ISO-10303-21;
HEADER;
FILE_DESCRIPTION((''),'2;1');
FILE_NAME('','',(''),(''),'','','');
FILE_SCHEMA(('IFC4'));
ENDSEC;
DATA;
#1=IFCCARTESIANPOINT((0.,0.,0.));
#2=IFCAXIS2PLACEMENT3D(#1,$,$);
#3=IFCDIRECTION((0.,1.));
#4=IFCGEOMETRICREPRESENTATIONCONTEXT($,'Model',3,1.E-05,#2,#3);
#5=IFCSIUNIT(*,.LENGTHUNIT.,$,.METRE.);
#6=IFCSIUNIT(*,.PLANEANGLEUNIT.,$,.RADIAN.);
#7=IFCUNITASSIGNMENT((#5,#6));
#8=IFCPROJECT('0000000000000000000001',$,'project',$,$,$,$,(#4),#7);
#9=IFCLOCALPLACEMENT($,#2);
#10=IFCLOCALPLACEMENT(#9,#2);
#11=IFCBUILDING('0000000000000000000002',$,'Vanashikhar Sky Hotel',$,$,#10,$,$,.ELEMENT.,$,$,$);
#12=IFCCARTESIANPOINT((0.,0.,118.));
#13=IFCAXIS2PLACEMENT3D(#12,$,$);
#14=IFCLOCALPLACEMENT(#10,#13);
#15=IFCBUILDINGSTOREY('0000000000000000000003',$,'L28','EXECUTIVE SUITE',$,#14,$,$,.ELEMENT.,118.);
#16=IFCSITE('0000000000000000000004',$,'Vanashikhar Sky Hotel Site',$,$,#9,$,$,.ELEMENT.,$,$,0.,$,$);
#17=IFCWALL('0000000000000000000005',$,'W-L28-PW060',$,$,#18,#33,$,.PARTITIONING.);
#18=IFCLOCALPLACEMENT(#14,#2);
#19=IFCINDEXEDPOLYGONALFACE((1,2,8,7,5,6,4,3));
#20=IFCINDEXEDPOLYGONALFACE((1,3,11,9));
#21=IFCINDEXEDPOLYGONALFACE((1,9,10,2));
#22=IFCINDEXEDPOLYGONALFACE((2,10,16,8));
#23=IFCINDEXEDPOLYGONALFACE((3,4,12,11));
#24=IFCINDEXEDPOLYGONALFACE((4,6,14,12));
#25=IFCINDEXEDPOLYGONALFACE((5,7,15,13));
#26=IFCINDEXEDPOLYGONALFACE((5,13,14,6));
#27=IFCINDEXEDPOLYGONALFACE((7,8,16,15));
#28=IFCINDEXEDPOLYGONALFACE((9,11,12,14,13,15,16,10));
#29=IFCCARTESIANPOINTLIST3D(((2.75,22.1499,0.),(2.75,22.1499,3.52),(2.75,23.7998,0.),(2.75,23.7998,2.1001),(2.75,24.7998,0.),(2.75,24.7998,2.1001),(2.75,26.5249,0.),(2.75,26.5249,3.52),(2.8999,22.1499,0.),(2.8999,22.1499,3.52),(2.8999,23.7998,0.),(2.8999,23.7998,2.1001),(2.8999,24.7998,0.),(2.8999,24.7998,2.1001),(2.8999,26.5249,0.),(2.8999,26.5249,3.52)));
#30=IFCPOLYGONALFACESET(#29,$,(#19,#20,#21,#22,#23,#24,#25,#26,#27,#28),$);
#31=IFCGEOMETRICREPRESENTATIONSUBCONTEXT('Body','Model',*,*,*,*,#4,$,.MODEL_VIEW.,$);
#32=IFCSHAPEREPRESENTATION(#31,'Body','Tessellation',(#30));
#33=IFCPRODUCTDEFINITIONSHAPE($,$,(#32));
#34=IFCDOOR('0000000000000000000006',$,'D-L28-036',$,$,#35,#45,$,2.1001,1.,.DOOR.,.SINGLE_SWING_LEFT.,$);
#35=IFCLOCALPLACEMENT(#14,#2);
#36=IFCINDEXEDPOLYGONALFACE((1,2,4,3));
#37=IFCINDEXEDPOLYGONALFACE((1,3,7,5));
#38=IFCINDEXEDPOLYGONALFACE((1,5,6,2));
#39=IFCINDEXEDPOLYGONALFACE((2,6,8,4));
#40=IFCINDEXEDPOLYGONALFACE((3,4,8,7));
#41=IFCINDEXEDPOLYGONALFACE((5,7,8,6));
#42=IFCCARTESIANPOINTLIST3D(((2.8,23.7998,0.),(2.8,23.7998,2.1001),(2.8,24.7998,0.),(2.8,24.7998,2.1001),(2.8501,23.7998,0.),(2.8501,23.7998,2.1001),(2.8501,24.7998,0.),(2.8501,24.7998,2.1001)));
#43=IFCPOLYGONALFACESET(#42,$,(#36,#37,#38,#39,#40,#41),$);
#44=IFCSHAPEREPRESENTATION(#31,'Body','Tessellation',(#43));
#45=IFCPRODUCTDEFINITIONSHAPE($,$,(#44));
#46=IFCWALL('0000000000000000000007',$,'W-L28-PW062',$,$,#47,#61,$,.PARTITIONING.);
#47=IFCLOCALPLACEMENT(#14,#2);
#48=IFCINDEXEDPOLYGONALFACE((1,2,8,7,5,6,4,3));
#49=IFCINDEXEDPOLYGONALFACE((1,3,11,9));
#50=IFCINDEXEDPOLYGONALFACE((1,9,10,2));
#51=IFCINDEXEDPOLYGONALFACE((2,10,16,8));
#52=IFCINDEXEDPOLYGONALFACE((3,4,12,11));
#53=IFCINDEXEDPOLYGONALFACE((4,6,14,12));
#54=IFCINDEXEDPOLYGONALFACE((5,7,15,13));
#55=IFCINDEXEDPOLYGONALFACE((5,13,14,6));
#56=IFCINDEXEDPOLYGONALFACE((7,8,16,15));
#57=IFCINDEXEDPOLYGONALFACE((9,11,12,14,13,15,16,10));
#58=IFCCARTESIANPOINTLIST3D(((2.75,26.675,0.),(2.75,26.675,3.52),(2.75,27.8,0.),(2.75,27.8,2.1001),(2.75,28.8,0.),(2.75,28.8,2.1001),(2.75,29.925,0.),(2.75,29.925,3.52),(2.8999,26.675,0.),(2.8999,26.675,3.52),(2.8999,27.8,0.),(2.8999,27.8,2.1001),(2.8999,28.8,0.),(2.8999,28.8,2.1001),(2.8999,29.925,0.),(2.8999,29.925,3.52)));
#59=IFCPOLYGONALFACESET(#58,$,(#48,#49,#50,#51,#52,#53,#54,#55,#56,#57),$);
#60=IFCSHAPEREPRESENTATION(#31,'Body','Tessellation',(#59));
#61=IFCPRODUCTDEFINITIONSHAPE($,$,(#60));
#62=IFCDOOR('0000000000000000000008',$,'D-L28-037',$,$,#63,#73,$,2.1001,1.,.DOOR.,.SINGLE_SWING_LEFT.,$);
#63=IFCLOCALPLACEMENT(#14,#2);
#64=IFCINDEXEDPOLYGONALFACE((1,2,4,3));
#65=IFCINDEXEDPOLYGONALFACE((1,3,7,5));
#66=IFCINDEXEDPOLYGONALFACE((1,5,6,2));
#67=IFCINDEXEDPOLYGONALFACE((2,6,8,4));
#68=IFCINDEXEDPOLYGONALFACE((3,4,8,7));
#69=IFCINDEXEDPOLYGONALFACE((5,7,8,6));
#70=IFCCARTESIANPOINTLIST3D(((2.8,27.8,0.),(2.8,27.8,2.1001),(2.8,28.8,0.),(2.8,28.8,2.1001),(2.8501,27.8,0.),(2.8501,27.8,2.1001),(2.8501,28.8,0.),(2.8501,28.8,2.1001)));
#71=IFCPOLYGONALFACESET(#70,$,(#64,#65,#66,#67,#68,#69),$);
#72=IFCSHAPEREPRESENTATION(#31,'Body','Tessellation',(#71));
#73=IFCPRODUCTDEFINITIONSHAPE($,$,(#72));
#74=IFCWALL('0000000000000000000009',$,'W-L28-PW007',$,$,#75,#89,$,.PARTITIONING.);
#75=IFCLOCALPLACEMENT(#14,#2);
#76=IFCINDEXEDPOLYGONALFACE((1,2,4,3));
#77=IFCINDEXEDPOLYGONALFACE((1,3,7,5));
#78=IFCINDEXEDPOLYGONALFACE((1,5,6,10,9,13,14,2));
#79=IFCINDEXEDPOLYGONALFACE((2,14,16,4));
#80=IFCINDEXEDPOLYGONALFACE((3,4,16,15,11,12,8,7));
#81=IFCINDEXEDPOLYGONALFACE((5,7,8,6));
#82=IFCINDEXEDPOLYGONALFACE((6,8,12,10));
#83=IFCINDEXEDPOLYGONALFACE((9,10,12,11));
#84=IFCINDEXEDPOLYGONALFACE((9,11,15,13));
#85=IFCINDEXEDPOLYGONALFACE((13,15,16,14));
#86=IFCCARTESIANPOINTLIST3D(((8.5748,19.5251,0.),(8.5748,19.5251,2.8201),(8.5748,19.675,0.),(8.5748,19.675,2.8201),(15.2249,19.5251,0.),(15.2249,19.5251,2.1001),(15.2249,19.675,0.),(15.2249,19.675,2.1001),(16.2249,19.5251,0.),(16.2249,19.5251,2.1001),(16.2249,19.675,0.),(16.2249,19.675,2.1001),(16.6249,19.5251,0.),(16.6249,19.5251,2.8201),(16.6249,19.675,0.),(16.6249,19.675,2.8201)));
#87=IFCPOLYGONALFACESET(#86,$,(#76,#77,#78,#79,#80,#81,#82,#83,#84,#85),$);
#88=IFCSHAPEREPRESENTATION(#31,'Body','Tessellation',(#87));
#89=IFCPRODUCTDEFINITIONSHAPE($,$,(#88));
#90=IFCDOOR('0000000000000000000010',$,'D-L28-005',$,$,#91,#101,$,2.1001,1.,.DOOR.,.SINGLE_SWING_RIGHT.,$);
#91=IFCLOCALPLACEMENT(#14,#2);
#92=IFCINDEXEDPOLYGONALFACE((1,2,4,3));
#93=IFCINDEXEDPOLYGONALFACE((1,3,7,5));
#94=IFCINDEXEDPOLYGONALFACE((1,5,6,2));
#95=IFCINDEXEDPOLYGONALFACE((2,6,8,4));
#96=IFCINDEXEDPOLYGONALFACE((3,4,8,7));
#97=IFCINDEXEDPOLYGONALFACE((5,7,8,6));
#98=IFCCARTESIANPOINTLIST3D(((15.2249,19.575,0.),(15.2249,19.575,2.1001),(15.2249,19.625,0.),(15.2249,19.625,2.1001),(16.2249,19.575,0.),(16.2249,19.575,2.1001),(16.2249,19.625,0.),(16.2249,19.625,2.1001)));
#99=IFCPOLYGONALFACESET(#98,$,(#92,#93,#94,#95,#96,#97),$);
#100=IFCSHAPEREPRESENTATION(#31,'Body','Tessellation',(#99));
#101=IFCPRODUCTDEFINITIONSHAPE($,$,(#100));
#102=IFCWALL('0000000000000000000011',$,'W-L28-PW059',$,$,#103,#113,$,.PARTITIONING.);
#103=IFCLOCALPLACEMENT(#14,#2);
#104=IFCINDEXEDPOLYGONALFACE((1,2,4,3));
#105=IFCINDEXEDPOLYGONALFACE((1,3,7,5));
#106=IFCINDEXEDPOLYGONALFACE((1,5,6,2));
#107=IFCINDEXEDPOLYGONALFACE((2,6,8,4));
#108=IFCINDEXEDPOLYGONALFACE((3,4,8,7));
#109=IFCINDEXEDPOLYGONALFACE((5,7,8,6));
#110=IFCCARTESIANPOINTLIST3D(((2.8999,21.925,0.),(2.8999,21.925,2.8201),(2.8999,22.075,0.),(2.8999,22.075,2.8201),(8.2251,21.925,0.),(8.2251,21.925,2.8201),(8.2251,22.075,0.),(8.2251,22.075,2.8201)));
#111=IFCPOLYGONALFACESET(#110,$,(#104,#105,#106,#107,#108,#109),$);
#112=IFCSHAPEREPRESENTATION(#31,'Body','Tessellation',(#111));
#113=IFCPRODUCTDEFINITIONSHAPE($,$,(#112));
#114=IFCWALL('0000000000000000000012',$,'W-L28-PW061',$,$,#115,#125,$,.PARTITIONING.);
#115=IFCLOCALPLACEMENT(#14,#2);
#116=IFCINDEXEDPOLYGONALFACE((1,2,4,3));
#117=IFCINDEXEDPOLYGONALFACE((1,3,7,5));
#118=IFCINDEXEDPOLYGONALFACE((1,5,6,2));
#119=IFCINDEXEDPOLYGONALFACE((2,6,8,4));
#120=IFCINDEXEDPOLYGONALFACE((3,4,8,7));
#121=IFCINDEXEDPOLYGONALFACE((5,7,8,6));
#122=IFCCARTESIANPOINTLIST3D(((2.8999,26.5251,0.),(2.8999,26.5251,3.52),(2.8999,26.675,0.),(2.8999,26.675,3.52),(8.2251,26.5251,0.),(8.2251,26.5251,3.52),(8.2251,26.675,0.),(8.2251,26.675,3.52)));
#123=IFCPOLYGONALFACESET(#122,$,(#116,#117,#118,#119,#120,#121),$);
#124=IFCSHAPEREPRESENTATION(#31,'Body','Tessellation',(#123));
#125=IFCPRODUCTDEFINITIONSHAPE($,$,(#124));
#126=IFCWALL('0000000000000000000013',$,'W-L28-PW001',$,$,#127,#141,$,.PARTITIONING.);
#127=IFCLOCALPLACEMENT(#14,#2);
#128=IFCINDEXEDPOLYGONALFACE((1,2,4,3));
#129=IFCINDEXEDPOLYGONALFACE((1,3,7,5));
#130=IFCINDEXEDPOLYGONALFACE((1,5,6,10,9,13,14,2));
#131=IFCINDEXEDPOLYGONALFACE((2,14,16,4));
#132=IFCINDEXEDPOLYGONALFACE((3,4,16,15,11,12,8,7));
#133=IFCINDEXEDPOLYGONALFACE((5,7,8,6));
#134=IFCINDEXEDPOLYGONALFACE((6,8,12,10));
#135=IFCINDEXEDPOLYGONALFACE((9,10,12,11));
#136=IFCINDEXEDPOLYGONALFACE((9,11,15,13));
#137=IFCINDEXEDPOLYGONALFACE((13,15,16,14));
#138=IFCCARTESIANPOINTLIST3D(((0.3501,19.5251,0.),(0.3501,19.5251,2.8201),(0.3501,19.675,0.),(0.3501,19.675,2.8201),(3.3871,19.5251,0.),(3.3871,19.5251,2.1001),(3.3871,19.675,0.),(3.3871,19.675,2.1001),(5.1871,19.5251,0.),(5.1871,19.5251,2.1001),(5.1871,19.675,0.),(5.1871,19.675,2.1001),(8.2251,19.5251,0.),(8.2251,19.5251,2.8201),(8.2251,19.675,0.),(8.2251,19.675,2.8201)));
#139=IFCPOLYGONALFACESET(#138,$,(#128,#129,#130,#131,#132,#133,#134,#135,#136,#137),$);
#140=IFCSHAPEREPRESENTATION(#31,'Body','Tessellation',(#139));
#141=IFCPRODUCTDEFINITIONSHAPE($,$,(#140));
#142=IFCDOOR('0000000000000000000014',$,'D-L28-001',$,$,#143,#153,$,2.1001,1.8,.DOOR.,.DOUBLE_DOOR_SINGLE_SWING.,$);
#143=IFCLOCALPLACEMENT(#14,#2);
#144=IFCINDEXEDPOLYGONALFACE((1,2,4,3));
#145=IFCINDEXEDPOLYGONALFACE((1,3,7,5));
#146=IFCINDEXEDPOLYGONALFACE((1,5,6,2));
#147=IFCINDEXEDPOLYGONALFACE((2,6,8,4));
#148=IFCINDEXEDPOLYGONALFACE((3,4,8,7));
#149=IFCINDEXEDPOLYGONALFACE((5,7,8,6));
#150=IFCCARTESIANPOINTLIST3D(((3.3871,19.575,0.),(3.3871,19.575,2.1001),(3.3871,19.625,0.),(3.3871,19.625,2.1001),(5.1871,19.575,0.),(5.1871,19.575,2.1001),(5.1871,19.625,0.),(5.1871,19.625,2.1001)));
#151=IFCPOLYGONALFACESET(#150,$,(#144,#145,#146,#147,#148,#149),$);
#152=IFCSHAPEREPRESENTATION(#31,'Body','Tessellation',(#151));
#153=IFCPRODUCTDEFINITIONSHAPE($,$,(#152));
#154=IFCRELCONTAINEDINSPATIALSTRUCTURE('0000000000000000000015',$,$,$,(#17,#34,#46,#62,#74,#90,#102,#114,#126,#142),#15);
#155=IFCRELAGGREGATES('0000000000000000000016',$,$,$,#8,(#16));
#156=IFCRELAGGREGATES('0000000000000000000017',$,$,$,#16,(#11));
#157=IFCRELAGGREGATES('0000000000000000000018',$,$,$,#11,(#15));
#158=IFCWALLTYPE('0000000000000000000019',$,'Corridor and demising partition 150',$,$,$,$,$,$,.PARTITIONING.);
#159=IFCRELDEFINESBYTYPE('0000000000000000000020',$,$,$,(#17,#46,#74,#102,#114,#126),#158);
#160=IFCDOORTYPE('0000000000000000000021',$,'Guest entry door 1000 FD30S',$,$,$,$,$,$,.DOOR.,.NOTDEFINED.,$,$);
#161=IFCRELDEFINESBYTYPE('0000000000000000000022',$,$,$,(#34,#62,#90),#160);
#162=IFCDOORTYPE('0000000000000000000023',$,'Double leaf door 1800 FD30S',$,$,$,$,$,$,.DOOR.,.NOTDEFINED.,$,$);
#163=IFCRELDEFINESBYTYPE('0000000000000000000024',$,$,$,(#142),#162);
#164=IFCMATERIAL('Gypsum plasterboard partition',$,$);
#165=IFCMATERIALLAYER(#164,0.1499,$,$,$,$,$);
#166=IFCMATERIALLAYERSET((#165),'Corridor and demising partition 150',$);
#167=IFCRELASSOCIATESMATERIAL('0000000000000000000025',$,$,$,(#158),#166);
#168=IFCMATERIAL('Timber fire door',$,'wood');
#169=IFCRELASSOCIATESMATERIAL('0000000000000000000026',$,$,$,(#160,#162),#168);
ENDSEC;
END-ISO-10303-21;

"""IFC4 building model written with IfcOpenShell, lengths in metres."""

from ifc_helpers import new_model, si_unit, direction, frame, frame_2d, origin, place, context, subcontext, project, spatial, rectangle, extrude, source, transform, mapped, material, layer, layer_set, type_object, element, fill, save


model = new_model("IFC4")

# Units and contexts
model_context = context("Model", 3, precision=1e-05, world=origin(), true_north=direction((0.0, 1.0)))
body_context = subcontext(model_context, "Body", "Model", "MODEL_VIEW")
ifc_project = project(units=[si_unit("LENGTHUNIT", "METRE"), si_unit("PLANEANGLEUNIT", "RADIAN")], contexts=[model_context])

# Site, building, storey
site_placement = place(None, origin())
site = spatial("IfcSite", under=ifc_project, at=site_placement, Name="Vanashikhar Sky Hotel Site", CompositionType="ELEMENT", RefElevation=0.0)
building_placement = place(site_placement, origin())
building = spatial("IfcBuilding", under=site, at=building_placement, Name="Vanashikhar Sky Hotel", CompositionType="ELEMENT")
storey_placement = place(building_placement, frame((0.0, 0.0, 118.0)))
storey = spatial("IfcBuildingStorey", under=building, at=storey_placement, Name="L28", Description="EXECUTIVE SUITE", CompositionType="ELEMENT", Elevation=118.0)

# Walls, openings, doors
ifc_material_1 = material(Name="Gypsum plasterboard partition")
ifc_layer_1 = layer(ifc_material_1, 0.1499)
ifc_layer_set_1 = layer_set([ifc_layer_1], Name="Corridor and demising partition 150")
wall_type_1 = type_object("IfcWallType", Name="Corridor and demising partition 150", PredefinedType="PARTITIONING", material=ifc_layer_set_1)
shared_shape_1 = source(origin(), body_context, "Body", "SweptSolid", [
    extrude(rectangle(XDim=4.375, YDim=0.1499, at=frame_2d((2.1875, 0.0))), origin(), (0.0, 0.0, 1.0), 3.52),
])
wall_1_placement = place(storey_placement, frame((2.825, 22.1499, 0.0), z_axis=(0.0, 0.0, 1.0), x_axis=(0.0, 1.0, 0.0)))
wall_1 = element("IfcWall", 1, at=wall_1_placement, inside=storey, type_object=wall_type_1, Name="W-L28-PW060", PredefinedType="PARTITIONING", context=body_context, shape_type="MappedRepresentation", body=[
    mapped(shared_shape_1, transform((0.0, 0.0, 0.0), scale=1.0)),
])
shared_shape_2 = source(origin(), body_context, "Body", "SweptSolid", [
    extrude(rectangle(XDim=1.0, YDim=2.1001, at=frame_2d((0.5, 1.05))), frame((0.0, 0.085, 0.0), z_axis=(0.0, -1.0, 0.0), x_axis=(1.0, 0.0, 0.0)), (0.0, 0.0, 1.0), 0.1699),
])
opening_1_placement = place(wall_1_placement, frame((1.6499, 0.0, 0.0)))
opening_1 = element("IfcOpeningElement", 2, at=opening_1_placement, cuts=wall_1, PredefinedType="OPENING", context=body_context, shape_type="MappedRepresentation", body=[
    mapped(shared_shape_2, transform((0.0, 0.0, 0.0), scale=1.0)),
])
ifc_material_2 = material(Name="Timber fire door", Category="wood")
door_type_1 = type_object("IfcDoorType", Name="Guest entry door 1000 FD30S", OperationType="NOTDEFINED", PredefinedType="DOOR", material=ifc_material_2)
shared_shape_3 = source(origin(), body_context, "Body", "SweptSolid", [
    extrude(rectangle(XDim=1.0, YDim=2.1001, at=frame_2d((0.5, 1.05))), frame((0.0, 0.0249, 0.0), z_axis=(0.0, -1.0, 0.0), x_axis=(1.0, 0.0, 0.0)), (0.0, 0.0, 1.0), 0.05),
])
door_1_placement = place(opening_1_placement, origin())
door_1 = element("IfcDoor", 3, at=door_1_placement, inside=storey, type_object=door_type_1, Name="D-L28-036", OperationType="SINGLE_SWING_LEFT", OverallHeight=2.1001, OverallWidth=1.0, PredefinedType="DOOR", context=body_context, shape_type="MappedRepresentation", body=[
    mapped(shared_shape_3, transform((0.0, 0.0, 0.0), scale=1.0)),
])
fill(opening_1, door_1)
shared_shape_4 = source(origin(), body_context, "Body", "SweptSolid", [
    extrude(rectangle(XDim=3.25, YDim=0.1499, at=frame_2d((1.625, 0.0))), origin(), (0.0, 0.0, 1.0), 3.52),
])
wall_2_placement = place(storey_placement, frame((2.825, 26.675, 0.0), z_axis=(0.0, 0.0, 1.0), x_axis=(0.0, 1.0, 0.0)))
wall_2 = element("IfcWall", 4, at=wall_2_placement, inside=storey, type_object=wall_type_1, Name="W-L28-PW062", PredefinedType="PARTITIONING", context=body_context, shape_type="MappedRepresentation", body=[
    mapped(shared_shape_4, transform((0.0, 0.0, 0.0), scale=1.0)),
])
opening_2_placement = place(wall_2_placement, frame((1.125, 0.0, 0.0)))
opening_2 = element("IfcOpeningElement", 5, at=opening_2_placement, cuts=wall_2, PredefinedType="OPENING", context=body_context, shape_type="MappedRepresentation", body=[
    mapped(shared_shape_2, transform((0.0, 0.0, 0.0), scale=1.0)),
])
door_2_placement = place(opening_2_placement, origin())
door_2 = element("IfcDoor", 6, at=door_2_placement, inside=storey, type_object=door_type_1, Name="D-L28-037", OperationType="SINGLE_SWING_LEFT", OverallHeight=2.1001, OverallWidth=1.0, PredefinedType="DOOR", context=body_context, shape_type="MappedRepresentation", body=[
    mapped(shared_shape_3, transform((0.0, 0.0, 0.0), scale=1.0)),
])
fill(opening_2, door_2)
shared_shape_5 = source(origin(), body_context, "Body", "SweptSolid", [
    extrude(rectangle(XDim=8.05, YDim=0.1499, at=frame_2d((4.0249, 0.0))), origin(), (0.0, 0.0, 1.0), 2.8201),
])
wall_3_placement = place(storey_placement, frame((8.575, 19.6001, 0.0), z_axis=(0.0, 0.0, 1.0), x_axis=(1.0, 0.0, 0.0)))
wall_3 = element("IfcWall", 7, at=wall_3_placement, inside=storey, type_object=wall_type_1, Name="W-L28-PW007", PredefinedType="PARTITIONING", context=body_context, shape_type="MappedRepresentation", body=[
    mapped(shared_shape_5, transform((0.0, 0.0, 0.0), scale=1.0)),
])
opening_3_placement = place(wall_3_placement, frame((6.6499, 0.0, 0.0)))
opening_3 = element("IfcOpeningElement", 8, at=opening_3_placement, cuts=wall_3, PredefinedType="OPENING", context=body_context, shape_type="MappedRepresentation", body=[
    mapped(shared_shape_2, transform((0.0, 0.0, 0.0), scale=1.0)),
])
door_3_placement = place(opening_3_placement, origin())
door_3 = element("IfcDoor", 9, at=door_3_placement, inside=storey, type_object=door_type_1, Name="D-L28-005", OperationType="SINGLE_SWING_RIGHT", OverallHeight=2.1001, OverallWidth=1.0, PredefinedType="DOOR", context=body_context, shape_type="MappedRepresentation", body=[
    mapped(shared_shape_3, transform((0.0, 0.0, 0.0), scale=1.0)),
])
fill(opening_3, door_3)

# Walls
shared_shape_6 = source(origin(), body_context, "Body", "SweptSolid", [
    extrude(rectangle(XDim=5.3252, YDim=0.1499, at=frame_2d((2.6626, 0.0))), origin(), (0.0, 0.0, 1.0), 2.8201),
])
wall_4_placement = place(storey_placement, frame((2.8999, 22.0, 0.0), z_axis=(0.0, 0.0, 1.0), x_axis=(1.0, 0.0, 0.0)))
element("IfcWall", 10, at=wall_4_placement, inside=storey, type_object=wall_type_1, Name="W-L28-PW059", PredefinedType="PARTITIONING", context=body_context, shape_type="MappedRepresentation", body=[
    mapped(shared_shape_6, transform((0.0, 0.0, 0.0), scale=1.0)),
])
shared_shape_7 = source(origin(), body_context, "Body", "SweptSolid", [
    extrude(rectangle(XDim=5.3252, YDim=0.1499, at=frame_2d((2.6626, 0.0))), origin(), (0.0, 0.0, 1.0), 3.52),
])
wall_5_placement = place(storey_placement, frame((2.8999, 26.6001, 0.0), z_axis=(0.0, 0.0, 1.0), x_axis=(1.0, 0.0, 0.0)))
element("IfcWall", 11, at=wall_5_placement, inside=storey, type_object=wall_type_1, Name="W-L28-PW061", PredefinedType="PARTITIONING", context=body_context, shape_type="MappedRepresentation", body=[
    mapped(shared_shape_7, transform((0.0, 0.0, 0.0), scale=1.0)),
])

# Wall, opening, door
shared_shape_8 = source(origin(), body_context, "Body", "SweptSolid", [
    extrude(rectangle(XDim=7.875, YDim=0.1499, at=frame_2d((3.9375, 0.0))), origin(), (0.0, 0.0, 1.0), 2.8201),
])
wall_6_placement = place(storey_placement, frame((0.3501, 19.6001, 0.0), z_axis=(0.0, 0.0, 1.0), x_axis=(1.0, 0.0, 0.0)))
wall_6 = element("IfcWall", 12, at=wall_6_placement, inside=storey, type_object=wall_type_1, Name="W-L28-PW001", PredefinedType="PARTITIONING", context=body_context, shape_type="MappedRepresentation", body=[
    mapped(shared_shape_8, transform((0.0, 0.0, 0.0), scale=1.0)),
])
shared_shape_9 = source(origin(), body_context, "Body", "SweptSolid", [
    extrude(rectangle(XDim=1.8, YDim=2.1001, at=frame_2d((0.8999, 1.05))), frame((0.0, 0.085, 0.0), z_axis=(0.0, -1.0, 0.0), x_axis=(1.0, 0.0, 0.0)), (0.0, 0.0, 1.0), 0.1699),
])
opening_4_placement = place(wall_6_placement, frame((3.0371, 0.0, 0.0)))
opening_4 = element("IfcOpeningElement", 13, at=opening_4_placement, cuts=wall_6, PredefinedType="OPENING", context=body_context, shape_type="MappedRepresentation", body=[
    mapped(shared_shape_9, transform((0.0, 0.0, 0.0), scale=1.0)),
])
door_type_2 = type_object("IfcDoorType", Name="Double leaf door 1800 FD30S", OperationType="NOTDEFINED", PredefinedType="DOOR", material=ifc_material_2)
shared_shape_10 = source(origin(), body_context, "Body", "SweptSolid", [
    extrude(rectangle(XDim=1.8, YDim=2.1001, at=frame_2d((0.8999, 1.05))), frame((0.0, 0.0249, 0.0), z_axis=(0.0, -1.0, 0.0), x_axis=(1.0, 0.0, 0.0)), (0.0, 0.0, 1.0), 0.05),
])
door_4_placement = place(opening_4_placement, origin())
door_4 = element("IfcDoor", 14, at=door_4_placement, inside=storey, type_object=door_type_2, Name="D-L28-001", OperationType="DOUBLE_DOOR_SINGLE_SWING", OverallHeight=2.1001, OverallWidth=1.8, PredefinedType="DOOR", context=body_context, shape_type="MappedRepresentation", body=[
    mapped(shared_shape_10, transform((0.0, 0.0, 0.0), scale=1.0)),
])
fill(opening_4, door_4)

save(model, "model.ifc")
